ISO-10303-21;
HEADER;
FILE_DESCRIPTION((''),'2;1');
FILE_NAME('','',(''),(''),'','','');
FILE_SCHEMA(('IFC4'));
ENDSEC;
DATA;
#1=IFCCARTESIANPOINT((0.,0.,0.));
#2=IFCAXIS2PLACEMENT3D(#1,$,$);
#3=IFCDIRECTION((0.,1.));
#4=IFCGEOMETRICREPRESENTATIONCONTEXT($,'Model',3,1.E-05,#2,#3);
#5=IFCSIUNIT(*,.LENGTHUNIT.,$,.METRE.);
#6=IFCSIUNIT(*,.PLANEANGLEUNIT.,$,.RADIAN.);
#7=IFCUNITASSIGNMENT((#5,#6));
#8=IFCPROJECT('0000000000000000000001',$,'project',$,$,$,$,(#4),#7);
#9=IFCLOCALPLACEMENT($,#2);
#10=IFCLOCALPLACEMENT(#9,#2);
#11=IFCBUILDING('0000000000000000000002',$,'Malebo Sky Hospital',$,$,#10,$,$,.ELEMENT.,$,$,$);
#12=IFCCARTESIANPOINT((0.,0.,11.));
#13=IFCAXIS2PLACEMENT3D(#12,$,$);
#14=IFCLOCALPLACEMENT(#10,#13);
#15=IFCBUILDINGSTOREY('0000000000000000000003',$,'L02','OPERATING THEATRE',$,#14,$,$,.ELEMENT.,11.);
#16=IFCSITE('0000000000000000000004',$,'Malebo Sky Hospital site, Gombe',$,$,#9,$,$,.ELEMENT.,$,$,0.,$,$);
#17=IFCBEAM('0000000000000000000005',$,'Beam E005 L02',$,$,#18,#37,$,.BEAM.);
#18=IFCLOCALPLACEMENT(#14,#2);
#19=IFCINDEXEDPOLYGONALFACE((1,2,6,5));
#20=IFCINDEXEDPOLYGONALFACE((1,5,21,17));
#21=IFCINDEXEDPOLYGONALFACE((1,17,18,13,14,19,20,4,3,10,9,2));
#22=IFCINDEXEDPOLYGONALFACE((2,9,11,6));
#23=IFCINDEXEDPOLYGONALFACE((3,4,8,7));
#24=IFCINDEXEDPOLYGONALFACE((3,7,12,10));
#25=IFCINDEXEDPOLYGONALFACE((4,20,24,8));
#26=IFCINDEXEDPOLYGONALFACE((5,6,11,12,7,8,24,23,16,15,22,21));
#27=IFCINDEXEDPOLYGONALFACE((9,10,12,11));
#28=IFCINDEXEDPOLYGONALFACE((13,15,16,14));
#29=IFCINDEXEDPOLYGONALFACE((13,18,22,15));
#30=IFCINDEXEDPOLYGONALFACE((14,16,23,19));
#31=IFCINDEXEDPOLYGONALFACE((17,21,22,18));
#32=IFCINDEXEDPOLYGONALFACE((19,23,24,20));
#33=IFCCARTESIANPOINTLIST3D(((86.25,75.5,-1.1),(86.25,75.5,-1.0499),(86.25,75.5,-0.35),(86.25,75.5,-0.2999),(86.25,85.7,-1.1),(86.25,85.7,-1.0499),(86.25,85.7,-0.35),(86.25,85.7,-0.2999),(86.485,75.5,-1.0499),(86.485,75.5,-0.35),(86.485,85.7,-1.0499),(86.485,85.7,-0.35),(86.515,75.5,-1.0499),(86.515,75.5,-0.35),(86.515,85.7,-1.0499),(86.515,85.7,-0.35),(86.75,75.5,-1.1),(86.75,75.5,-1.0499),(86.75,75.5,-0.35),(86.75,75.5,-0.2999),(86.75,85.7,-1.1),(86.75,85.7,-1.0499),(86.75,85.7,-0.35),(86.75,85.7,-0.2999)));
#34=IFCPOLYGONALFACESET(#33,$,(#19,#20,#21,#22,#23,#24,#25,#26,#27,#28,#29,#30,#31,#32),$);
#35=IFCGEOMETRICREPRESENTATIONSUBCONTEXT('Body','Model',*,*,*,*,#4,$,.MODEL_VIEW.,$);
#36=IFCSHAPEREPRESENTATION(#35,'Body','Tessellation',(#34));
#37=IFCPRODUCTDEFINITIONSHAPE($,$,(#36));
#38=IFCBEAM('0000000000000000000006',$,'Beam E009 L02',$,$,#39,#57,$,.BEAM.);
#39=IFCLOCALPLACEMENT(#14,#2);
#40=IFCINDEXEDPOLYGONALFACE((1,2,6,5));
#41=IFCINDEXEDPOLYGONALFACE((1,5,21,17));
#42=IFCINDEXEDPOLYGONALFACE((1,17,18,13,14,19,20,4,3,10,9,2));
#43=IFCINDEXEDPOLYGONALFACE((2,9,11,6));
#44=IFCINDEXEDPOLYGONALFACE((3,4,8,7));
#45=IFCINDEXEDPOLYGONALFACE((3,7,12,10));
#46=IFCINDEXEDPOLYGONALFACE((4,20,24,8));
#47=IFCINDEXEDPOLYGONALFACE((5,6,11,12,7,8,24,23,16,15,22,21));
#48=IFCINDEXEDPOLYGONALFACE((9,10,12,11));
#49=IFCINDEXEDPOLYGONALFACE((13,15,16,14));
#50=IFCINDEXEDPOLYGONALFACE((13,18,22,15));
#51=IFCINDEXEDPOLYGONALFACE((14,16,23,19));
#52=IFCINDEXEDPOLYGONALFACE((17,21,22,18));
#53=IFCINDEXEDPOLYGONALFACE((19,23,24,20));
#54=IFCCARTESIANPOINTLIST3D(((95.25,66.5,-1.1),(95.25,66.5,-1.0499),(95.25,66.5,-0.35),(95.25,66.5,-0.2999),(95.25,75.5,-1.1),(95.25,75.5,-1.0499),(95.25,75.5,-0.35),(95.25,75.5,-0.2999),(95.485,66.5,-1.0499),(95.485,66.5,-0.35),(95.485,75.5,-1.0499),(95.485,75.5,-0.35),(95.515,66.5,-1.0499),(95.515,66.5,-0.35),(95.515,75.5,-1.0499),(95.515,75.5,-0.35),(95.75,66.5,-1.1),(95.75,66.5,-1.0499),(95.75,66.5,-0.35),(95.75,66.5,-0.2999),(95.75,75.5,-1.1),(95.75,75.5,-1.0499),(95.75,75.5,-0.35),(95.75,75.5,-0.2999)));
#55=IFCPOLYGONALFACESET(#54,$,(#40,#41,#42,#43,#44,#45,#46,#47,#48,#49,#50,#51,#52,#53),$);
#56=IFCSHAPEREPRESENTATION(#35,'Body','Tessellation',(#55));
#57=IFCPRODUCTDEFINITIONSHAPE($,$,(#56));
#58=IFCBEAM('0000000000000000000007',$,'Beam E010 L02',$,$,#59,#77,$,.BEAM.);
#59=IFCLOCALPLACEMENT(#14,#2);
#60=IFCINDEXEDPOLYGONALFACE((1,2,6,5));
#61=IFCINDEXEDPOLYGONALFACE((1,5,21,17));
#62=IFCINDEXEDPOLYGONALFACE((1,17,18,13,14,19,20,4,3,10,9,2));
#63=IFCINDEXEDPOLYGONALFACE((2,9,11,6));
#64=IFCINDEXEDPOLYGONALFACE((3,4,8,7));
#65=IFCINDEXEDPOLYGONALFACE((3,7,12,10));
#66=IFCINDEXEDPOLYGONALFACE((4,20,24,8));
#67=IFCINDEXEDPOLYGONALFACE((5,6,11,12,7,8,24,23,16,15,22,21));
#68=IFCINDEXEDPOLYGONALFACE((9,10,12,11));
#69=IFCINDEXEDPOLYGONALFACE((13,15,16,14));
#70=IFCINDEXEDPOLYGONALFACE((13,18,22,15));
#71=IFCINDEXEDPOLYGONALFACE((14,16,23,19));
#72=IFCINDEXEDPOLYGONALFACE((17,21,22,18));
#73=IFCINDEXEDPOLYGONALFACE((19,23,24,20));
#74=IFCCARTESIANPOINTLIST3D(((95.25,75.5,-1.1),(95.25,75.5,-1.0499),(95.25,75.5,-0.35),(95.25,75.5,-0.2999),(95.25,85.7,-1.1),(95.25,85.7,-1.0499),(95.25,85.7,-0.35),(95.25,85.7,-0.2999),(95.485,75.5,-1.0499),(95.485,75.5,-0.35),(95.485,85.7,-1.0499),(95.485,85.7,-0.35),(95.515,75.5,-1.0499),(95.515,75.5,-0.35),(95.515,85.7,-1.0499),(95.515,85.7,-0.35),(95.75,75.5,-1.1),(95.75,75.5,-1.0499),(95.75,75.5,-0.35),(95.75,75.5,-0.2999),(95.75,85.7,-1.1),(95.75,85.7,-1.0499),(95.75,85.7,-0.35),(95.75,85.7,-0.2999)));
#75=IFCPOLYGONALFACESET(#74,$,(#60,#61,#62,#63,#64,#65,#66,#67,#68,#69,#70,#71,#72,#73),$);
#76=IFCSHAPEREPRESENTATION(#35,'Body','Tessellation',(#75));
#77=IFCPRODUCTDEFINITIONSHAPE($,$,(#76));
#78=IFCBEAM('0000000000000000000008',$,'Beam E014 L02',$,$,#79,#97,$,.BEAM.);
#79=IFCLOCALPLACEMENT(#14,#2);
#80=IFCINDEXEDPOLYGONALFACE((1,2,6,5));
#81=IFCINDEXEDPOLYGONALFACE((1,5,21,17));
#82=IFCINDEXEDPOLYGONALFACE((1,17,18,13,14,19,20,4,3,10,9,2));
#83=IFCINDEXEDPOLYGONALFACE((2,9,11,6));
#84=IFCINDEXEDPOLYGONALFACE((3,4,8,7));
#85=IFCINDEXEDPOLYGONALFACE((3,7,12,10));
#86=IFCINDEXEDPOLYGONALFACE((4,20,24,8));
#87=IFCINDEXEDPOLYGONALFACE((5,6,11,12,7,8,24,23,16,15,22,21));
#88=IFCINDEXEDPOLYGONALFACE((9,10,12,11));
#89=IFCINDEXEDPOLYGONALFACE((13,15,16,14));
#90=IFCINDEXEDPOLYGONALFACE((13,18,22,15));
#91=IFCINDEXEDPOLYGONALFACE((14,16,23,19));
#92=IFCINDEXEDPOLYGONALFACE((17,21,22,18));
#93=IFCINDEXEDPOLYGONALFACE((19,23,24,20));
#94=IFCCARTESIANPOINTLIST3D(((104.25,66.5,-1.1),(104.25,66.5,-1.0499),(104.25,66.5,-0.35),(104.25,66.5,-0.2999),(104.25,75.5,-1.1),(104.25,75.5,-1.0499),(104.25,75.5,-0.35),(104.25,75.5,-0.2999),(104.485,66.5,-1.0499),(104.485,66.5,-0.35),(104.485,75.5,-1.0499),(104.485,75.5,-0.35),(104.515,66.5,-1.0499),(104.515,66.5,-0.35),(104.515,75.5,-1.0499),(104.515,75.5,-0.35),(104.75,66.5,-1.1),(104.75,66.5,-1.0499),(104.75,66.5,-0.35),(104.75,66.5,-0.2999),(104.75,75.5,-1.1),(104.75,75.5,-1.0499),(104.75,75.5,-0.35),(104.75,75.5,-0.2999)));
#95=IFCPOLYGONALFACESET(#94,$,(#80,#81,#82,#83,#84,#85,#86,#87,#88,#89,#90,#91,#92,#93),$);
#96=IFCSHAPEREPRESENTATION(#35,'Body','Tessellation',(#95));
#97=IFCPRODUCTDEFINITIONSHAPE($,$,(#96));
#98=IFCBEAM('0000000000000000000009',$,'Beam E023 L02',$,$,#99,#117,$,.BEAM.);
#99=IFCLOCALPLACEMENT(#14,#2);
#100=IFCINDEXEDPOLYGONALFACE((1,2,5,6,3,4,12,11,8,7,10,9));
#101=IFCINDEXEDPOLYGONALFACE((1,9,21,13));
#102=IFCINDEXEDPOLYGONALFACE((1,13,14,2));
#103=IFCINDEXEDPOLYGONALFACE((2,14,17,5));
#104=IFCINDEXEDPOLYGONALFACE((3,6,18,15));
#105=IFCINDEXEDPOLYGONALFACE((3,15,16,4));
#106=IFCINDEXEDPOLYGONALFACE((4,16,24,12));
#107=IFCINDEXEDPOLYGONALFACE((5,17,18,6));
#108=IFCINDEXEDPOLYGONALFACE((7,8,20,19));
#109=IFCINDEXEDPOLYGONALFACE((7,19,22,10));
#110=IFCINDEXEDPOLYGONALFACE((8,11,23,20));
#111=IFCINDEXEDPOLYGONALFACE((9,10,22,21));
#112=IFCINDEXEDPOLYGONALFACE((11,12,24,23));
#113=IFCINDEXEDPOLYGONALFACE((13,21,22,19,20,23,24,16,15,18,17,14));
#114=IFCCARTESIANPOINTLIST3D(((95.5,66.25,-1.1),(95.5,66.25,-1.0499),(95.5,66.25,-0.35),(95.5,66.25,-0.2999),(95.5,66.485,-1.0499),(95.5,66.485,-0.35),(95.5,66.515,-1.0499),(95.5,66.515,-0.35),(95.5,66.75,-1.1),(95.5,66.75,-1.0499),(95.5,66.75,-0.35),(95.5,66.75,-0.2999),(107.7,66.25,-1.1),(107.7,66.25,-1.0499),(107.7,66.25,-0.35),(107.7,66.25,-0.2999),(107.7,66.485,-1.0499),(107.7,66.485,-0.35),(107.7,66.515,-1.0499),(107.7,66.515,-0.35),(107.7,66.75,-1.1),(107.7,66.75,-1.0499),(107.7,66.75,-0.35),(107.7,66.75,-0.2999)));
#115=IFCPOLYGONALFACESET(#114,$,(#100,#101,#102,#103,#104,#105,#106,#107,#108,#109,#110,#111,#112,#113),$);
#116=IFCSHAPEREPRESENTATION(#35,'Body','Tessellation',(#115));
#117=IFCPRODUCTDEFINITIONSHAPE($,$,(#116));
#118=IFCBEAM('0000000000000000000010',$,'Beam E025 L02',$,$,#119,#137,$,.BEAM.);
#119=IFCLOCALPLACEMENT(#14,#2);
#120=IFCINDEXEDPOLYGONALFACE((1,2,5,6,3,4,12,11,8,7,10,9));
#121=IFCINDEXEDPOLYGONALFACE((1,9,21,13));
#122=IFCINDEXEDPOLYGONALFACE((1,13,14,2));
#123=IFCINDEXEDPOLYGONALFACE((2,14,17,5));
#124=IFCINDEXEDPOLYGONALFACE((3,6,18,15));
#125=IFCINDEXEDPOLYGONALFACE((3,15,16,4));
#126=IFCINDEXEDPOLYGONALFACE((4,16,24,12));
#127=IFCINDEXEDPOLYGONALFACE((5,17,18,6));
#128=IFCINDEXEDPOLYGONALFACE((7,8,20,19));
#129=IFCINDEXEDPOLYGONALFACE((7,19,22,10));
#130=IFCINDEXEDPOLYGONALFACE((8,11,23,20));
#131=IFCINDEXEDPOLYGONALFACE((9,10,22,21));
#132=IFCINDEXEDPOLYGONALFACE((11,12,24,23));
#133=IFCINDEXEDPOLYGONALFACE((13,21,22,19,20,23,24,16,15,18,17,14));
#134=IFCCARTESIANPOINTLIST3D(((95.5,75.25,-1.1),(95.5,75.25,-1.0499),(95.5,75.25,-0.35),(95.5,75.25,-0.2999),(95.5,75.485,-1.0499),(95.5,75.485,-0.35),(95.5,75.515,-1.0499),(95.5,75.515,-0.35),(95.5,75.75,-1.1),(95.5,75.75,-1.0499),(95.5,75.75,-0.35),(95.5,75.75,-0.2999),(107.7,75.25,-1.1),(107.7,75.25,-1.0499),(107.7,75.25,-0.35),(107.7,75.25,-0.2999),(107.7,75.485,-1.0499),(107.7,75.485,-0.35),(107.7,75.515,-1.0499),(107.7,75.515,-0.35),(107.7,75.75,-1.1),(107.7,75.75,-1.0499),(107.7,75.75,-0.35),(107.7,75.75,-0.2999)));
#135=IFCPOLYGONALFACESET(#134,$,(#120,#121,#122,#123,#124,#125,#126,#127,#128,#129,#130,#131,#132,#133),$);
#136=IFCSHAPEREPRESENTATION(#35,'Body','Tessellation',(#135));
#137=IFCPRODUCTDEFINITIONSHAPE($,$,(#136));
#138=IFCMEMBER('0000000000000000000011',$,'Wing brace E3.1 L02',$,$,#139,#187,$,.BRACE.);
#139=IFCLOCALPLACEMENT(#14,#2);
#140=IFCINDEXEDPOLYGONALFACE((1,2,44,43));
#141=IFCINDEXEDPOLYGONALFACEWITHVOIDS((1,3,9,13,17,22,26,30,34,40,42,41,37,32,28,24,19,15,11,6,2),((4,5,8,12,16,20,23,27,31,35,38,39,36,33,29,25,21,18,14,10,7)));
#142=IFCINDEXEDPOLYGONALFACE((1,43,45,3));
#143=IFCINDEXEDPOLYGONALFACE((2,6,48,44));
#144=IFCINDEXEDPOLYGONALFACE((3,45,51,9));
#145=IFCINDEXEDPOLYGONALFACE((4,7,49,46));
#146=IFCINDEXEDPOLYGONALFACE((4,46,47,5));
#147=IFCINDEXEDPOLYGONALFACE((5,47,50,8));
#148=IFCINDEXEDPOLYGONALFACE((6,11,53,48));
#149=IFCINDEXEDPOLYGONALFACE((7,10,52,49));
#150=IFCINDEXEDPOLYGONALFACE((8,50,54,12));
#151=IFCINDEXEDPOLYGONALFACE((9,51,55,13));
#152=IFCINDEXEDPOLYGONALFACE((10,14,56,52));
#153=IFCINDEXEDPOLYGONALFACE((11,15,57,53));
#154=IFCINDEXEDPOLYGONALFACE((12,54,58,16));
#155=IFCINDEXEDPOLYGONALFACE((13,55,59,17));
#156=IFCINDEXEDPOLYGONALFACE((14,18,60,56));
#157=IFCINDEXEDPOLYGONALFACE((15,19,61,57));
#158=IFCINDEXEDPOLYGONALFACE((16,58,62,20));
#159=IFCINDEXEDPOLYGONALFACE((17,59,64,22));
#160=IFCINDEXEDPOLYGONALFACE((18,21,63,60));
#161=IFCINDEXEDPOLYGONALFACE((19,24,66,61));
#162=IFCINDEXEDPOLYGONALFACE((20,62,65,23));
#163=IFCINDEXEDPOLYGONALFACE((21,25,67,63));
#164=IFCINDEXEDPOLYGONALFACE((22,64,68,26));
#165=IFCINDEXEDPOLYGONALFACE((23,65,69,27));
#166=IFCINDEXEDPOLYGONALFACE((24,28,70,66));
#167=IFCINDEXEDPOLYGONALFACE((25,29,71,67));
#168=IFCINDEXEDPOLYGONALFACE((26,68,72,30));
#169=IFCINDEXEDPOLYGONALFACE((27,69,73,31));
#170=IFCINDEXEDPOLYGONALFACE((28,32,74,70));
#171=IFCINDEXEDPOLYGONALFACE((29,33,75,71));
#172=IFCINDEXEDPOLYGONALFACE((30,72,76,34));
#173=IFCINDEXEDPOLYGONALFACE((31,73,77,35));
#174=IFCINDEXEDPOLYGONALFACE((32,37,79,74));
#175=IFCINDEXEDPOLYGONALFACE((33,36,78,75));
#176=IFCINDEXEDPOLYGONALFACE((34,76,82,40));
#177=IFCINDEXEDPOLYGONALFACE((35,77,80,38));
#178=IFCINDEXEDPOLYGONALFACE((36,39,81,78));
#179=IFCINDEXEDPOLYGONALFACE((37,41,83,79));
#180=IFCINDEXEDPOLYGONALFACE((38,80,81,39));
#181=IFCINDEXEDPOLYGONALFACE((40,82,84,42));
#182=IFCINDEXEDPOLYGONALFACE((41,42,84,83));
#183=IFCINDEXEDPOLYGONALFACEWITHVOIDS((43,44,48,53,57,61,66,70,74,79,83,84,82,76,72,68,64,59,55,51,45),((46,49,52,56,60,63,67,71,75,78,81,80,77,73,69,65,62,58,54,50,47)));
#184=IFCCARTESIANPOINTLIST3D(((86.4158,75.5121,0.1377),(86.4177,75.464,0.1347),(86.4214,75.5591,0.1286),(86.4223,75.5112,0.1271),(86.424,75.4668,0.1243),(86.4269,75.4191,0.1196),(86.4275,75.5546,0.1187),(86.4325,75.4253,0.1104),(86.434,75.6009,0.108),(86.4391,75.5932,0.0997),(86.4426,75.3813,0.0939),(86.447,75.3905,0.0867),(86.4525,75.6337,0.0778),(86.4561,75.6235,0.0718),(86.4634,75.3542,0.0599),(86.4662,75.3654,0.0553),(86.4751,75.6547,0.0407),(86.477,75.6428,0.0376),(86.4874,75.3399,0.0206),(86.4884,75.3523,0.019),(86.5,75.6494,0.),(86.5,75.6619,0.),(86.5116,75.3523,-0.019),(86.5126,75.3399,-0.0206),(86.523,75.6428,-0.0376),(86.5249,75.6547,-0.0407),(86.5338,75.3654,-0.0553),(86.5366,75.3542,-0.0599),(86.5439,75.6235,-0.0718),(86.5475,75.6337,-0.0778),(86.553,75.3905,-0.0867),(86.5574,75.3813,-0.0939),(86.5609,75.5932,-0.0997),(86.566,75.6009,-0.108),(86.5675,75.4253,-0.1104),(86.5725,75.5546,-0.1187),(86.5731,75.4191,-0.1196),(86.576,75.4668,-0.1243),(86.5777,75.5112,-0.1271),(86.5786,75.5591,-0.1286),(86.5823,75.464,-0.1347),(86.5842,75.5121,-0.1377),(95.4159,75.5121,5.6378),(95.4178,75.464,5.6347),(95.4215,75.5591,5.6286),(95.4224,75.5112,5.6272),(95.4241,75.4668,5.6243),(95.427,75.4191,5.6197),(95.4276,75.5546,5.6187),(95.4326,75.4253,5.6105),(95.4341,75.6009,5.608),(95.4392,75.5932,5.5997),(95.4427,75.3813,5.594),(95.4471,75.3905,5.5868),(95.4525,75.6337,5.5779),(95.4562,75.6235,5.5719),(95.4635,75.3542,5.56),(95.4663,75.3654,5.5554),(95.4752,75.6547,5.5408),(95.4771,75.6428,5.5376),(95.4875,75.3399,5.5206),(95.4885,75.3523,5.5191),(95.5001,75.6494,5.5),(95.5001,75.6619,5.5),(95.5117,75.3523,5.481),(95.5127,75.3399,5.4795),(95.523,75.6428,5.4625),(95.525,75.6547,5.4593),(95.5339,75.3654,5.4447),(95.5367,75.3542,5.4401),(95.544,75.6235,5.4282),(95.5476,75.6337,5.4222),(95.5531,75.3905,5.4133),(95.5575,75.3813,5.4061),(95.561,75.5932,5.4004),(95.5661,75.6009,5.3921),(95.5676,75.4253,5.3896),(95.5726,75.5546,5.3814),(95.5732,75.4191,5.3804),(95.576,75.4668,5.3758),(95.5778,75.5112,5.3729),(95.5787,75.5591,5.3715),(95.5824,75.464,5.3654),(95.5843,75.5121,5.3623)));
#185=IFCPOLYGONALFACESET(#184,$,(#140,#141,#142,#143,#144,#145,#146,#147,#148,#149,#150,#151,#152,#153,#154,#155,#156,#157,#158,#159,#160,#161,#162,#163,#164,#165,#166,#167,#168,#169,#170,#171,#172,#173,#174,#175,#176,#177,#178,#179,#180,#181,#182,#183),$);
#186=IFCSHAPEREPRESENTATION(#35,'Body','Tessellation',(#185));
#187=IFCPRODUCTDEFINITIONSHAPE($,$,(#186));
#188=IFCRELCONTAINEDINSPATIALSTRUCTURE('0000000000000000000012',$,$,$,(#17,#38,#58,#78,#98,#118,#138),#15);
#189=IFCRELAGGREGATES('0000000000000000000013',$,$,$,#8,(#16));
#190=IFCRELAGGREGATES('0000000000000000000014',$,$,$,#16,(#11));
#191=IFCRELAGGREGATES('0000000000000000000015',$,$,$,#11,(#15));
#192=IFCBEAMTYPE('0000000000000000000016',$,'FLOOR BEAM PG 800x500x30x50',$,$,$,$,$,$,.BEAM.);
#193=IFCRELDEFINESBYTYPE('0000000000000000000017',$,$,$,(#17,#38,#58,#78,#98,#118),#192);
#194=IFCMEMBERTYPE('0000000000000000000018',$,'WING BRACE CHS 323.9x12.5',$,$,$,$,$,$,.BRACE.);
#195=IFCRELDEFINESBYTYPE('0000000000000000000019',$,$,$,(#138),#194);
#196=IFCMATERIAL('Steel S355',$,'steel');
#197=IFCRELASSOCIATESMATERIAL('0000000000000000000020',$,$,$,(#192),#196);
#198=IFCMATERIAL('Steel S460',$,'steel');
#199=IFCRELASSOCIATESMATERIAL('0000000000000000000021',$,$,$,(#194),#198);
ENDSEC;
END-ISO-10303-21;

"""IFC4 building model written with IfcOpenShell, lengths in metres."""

from ifc_helpers import new_model, si_unit, direction, frame, origin, origin_2d, place, context, subcontext, project, spatial, hollow_circle, i_section, extrude, material, material_profile, profile_set, type_object, element, save


model = new_model("IFC4")

# Units and contexts
model_context = context("Model", 3, precision=1e-05, world=origin(), true_north=direction((0.0, 1.0)))
body_context = subcontext(model_context, "Body", "Model", "MODEL_VIEW")
ifc_project = project(units=[si_unit("LENGTHUNIT", "METRE"), si_unit("PLANEANGLEUNIT", "RADIAN")], contexts=[model_context])

# Site, building, storey
site_placement = place(None, origin())
site = spatial("IfcSite", under=ifc_project, at=site_placement, Name="Malebo Sky Hospital site, Gombe", CompositionType="ELEMENT", RefElevation=0.0)
building_placement = place(site_placement, origin())
building = spatial("IfcBuilding", under=site, at=building_placement, Name="Malebo Sky Hospital", CompositionType="ELEMENT")
storey_placement = place(building_placement, frame((0.0, 0.0, 11.0)))
storey = spatial("IfcBuildingStorey", under=building, at=storey_placement, Name="L02", Description="OPERATING THEATRE", CompositionType="ELEMENT", Elevation=11.0)

# Shared definitions
ifc_material_1 = material(Name="Steel S355", Category="steel")

# Beams
ifc_material_profile_1 = material_profile(ifc_material_1, i_section(OverallWidth=0.5, OverallDepth=0.8, WebThickness=0.03, FlangeThickness=0.05, at=origin_2d()), Name="PG 800x500x30x50")
ifc_profile_set_1 = profile_set([ifc_material_profile_1], Name="Steel S355")
beam_type = type_object("IfcBeamType", Name="FLOOR BEAM PG 800x500x30x50", PredefinedType="BEAM", material=ifc_profile_set_1)
beam_1_placement = place(storey_placement, frame((86.5, 75.5, -0.7), z_axis=(0.0, 1.0, 0.0), x_axis=(-1.0, 0.0, 0.0)))
element("IfcBeam", 1, at=beam_1_placement, inside=storey, type_object=beam_type, Name="Beam E005 L02", PredefinedType="BEAM", context=body_context, shape_type="SweptSolid", body=[
    extrude(i_section(OverallWidth=0.5, OverallDepth=0.8, WebThickness=0.03, FlangeThickness=0.05, at=origin_2d()), origin(), (0.0, 0.0, 1.0), 10.2),
])
beam_2_placement = place(storey_placement, frame((95.5, 66.5, -0.7), z_axis=(0.0, 1.0, 0.0), x_axis=(-1.0, 0.0, 0.0)))
element("IfcBeam", 2, at=beam_2_placement, inside=storey, type_object=beam_type, Name="Beam E009 L02", PredefinedType="BEAM", context=body_context, shape_type="SweptSolid", body=[
    extrude(i_section(OverallWidth=0.5, OverallDepth=0.8, WebThickness=0.03, FlangeThickness=0.05, at=origin_2d()), origin(), (0.0, 0.0, 1.0), 9.0),
])
beam_3_placement = place(storey_placement, frame((95.5, 75.5, -0.7), z_axis=(0.0, 1.0, 0.0), x_axis=(-1.0, 0.0, 0.0)))
element("IfcBeam", 3, at=beam_3_placement, inside=storey, type_object=beam_type, Name="Beam E010 L02", PredefinedType="BEAM", context=body_context, shape_type="SweptSolid", body=[
    extrude(i_section(OverallWidth=0.5, OverallDepth=0.8, WebThickness=0.03, FlangeThickness=0.05, at=origin_2d()), origin(), (0.0, 0.0, 1.0), 10.2),
])
beam_4_placement = place(storey_placement, frame((104.5, 66.5, -0.7), z_axis=(0.0, 1.0, 0.0), x_axis=(-1.0, 0.0, 0.0)))
element("IfcBeam", 4, at=beam_4_placement, inside=storey, type_object=beam_type, Name="Beam E014 L02", PredefinedType="BEAM", context=body_context, shape_type="SweptSolid", body=[
    extrude(i_section(OverallWidth=0.5, OverallDepth=0.8, WebThickness=0.03, FlangeThickness=0.05, at=origin_2d()), origin(), (0.0, 0.0, 1.0), 9.0),
])
for number, where, z_axis, x_axis, name in (
    (5, (95.5, 66.5, -0.7), (1.0, 0.0, 0.0), (0.0, 1.0, 0.0), "Beam E023 L02"),
    (6, (95.5, 75.5, -0.7), (1.0, 0.0, 0.0), (0.0, 1.0, 0.0), "Beam E025 L02"),
):
    element("IfcBeam", number, at=place(storey_placement, frame(where, z_axis=z_axis, x_axis=x_axis)), inside=storey, type_object=beam_type, Name=name, PredefinedType="BEAM", context=body_context, shape_type="SweptSolid", body=[
        extrude(i_section(OverallWidth=0.5, OverallDepth=0.8, WebThickness=0.03, FlangeThickness=0.05, at=origin_2d()), origin(), (0.0, 0.0, 1.0), 12.2),
    ])

# Member
ifc_material_2 = material(Name="Steel S460", Category="steel")
ifc_material_profile_2 = material_profile(ifc_material_2, hollow_circle(Radius=0.1619, WallThickness=0.0125, at=origin_2d()), Name="CHS 323.9x12.5")
ifc_profile_set_2 = profile_set([ifc_material_profile_2], Name="Steel S460")
member_type = type_object("IfcMemberType", Name="WING BRACE CHS 323.9x12.5", PredefinedType="BRACE", material=ifc_profile_set_2)
for number, where, z_axis, x_axis, name in (
    (7, (86.5, 75.5, 0.0), (0.853282, 0.0, 0.52145), (0.0, 1.0, 0.0), "Wing brace E3.1 L02"),
):
    element("IfcMember", number, at=place(storey_placement, frame(where, z_axis=z_axis, x_axis=x_axis)), inside=storey, type_object=member_type, Name=name, PredefinedType="BRACE", context=body_context, shape_type="SweptSolid", body=[
        extrude(hollow_circle(Radius=0.1619, WallThickness=0.0125, at=origin_2d()), origin(), (0.0, 0.0, 1.0), 10.5476),
    ])

save(model, "model.ifc")
